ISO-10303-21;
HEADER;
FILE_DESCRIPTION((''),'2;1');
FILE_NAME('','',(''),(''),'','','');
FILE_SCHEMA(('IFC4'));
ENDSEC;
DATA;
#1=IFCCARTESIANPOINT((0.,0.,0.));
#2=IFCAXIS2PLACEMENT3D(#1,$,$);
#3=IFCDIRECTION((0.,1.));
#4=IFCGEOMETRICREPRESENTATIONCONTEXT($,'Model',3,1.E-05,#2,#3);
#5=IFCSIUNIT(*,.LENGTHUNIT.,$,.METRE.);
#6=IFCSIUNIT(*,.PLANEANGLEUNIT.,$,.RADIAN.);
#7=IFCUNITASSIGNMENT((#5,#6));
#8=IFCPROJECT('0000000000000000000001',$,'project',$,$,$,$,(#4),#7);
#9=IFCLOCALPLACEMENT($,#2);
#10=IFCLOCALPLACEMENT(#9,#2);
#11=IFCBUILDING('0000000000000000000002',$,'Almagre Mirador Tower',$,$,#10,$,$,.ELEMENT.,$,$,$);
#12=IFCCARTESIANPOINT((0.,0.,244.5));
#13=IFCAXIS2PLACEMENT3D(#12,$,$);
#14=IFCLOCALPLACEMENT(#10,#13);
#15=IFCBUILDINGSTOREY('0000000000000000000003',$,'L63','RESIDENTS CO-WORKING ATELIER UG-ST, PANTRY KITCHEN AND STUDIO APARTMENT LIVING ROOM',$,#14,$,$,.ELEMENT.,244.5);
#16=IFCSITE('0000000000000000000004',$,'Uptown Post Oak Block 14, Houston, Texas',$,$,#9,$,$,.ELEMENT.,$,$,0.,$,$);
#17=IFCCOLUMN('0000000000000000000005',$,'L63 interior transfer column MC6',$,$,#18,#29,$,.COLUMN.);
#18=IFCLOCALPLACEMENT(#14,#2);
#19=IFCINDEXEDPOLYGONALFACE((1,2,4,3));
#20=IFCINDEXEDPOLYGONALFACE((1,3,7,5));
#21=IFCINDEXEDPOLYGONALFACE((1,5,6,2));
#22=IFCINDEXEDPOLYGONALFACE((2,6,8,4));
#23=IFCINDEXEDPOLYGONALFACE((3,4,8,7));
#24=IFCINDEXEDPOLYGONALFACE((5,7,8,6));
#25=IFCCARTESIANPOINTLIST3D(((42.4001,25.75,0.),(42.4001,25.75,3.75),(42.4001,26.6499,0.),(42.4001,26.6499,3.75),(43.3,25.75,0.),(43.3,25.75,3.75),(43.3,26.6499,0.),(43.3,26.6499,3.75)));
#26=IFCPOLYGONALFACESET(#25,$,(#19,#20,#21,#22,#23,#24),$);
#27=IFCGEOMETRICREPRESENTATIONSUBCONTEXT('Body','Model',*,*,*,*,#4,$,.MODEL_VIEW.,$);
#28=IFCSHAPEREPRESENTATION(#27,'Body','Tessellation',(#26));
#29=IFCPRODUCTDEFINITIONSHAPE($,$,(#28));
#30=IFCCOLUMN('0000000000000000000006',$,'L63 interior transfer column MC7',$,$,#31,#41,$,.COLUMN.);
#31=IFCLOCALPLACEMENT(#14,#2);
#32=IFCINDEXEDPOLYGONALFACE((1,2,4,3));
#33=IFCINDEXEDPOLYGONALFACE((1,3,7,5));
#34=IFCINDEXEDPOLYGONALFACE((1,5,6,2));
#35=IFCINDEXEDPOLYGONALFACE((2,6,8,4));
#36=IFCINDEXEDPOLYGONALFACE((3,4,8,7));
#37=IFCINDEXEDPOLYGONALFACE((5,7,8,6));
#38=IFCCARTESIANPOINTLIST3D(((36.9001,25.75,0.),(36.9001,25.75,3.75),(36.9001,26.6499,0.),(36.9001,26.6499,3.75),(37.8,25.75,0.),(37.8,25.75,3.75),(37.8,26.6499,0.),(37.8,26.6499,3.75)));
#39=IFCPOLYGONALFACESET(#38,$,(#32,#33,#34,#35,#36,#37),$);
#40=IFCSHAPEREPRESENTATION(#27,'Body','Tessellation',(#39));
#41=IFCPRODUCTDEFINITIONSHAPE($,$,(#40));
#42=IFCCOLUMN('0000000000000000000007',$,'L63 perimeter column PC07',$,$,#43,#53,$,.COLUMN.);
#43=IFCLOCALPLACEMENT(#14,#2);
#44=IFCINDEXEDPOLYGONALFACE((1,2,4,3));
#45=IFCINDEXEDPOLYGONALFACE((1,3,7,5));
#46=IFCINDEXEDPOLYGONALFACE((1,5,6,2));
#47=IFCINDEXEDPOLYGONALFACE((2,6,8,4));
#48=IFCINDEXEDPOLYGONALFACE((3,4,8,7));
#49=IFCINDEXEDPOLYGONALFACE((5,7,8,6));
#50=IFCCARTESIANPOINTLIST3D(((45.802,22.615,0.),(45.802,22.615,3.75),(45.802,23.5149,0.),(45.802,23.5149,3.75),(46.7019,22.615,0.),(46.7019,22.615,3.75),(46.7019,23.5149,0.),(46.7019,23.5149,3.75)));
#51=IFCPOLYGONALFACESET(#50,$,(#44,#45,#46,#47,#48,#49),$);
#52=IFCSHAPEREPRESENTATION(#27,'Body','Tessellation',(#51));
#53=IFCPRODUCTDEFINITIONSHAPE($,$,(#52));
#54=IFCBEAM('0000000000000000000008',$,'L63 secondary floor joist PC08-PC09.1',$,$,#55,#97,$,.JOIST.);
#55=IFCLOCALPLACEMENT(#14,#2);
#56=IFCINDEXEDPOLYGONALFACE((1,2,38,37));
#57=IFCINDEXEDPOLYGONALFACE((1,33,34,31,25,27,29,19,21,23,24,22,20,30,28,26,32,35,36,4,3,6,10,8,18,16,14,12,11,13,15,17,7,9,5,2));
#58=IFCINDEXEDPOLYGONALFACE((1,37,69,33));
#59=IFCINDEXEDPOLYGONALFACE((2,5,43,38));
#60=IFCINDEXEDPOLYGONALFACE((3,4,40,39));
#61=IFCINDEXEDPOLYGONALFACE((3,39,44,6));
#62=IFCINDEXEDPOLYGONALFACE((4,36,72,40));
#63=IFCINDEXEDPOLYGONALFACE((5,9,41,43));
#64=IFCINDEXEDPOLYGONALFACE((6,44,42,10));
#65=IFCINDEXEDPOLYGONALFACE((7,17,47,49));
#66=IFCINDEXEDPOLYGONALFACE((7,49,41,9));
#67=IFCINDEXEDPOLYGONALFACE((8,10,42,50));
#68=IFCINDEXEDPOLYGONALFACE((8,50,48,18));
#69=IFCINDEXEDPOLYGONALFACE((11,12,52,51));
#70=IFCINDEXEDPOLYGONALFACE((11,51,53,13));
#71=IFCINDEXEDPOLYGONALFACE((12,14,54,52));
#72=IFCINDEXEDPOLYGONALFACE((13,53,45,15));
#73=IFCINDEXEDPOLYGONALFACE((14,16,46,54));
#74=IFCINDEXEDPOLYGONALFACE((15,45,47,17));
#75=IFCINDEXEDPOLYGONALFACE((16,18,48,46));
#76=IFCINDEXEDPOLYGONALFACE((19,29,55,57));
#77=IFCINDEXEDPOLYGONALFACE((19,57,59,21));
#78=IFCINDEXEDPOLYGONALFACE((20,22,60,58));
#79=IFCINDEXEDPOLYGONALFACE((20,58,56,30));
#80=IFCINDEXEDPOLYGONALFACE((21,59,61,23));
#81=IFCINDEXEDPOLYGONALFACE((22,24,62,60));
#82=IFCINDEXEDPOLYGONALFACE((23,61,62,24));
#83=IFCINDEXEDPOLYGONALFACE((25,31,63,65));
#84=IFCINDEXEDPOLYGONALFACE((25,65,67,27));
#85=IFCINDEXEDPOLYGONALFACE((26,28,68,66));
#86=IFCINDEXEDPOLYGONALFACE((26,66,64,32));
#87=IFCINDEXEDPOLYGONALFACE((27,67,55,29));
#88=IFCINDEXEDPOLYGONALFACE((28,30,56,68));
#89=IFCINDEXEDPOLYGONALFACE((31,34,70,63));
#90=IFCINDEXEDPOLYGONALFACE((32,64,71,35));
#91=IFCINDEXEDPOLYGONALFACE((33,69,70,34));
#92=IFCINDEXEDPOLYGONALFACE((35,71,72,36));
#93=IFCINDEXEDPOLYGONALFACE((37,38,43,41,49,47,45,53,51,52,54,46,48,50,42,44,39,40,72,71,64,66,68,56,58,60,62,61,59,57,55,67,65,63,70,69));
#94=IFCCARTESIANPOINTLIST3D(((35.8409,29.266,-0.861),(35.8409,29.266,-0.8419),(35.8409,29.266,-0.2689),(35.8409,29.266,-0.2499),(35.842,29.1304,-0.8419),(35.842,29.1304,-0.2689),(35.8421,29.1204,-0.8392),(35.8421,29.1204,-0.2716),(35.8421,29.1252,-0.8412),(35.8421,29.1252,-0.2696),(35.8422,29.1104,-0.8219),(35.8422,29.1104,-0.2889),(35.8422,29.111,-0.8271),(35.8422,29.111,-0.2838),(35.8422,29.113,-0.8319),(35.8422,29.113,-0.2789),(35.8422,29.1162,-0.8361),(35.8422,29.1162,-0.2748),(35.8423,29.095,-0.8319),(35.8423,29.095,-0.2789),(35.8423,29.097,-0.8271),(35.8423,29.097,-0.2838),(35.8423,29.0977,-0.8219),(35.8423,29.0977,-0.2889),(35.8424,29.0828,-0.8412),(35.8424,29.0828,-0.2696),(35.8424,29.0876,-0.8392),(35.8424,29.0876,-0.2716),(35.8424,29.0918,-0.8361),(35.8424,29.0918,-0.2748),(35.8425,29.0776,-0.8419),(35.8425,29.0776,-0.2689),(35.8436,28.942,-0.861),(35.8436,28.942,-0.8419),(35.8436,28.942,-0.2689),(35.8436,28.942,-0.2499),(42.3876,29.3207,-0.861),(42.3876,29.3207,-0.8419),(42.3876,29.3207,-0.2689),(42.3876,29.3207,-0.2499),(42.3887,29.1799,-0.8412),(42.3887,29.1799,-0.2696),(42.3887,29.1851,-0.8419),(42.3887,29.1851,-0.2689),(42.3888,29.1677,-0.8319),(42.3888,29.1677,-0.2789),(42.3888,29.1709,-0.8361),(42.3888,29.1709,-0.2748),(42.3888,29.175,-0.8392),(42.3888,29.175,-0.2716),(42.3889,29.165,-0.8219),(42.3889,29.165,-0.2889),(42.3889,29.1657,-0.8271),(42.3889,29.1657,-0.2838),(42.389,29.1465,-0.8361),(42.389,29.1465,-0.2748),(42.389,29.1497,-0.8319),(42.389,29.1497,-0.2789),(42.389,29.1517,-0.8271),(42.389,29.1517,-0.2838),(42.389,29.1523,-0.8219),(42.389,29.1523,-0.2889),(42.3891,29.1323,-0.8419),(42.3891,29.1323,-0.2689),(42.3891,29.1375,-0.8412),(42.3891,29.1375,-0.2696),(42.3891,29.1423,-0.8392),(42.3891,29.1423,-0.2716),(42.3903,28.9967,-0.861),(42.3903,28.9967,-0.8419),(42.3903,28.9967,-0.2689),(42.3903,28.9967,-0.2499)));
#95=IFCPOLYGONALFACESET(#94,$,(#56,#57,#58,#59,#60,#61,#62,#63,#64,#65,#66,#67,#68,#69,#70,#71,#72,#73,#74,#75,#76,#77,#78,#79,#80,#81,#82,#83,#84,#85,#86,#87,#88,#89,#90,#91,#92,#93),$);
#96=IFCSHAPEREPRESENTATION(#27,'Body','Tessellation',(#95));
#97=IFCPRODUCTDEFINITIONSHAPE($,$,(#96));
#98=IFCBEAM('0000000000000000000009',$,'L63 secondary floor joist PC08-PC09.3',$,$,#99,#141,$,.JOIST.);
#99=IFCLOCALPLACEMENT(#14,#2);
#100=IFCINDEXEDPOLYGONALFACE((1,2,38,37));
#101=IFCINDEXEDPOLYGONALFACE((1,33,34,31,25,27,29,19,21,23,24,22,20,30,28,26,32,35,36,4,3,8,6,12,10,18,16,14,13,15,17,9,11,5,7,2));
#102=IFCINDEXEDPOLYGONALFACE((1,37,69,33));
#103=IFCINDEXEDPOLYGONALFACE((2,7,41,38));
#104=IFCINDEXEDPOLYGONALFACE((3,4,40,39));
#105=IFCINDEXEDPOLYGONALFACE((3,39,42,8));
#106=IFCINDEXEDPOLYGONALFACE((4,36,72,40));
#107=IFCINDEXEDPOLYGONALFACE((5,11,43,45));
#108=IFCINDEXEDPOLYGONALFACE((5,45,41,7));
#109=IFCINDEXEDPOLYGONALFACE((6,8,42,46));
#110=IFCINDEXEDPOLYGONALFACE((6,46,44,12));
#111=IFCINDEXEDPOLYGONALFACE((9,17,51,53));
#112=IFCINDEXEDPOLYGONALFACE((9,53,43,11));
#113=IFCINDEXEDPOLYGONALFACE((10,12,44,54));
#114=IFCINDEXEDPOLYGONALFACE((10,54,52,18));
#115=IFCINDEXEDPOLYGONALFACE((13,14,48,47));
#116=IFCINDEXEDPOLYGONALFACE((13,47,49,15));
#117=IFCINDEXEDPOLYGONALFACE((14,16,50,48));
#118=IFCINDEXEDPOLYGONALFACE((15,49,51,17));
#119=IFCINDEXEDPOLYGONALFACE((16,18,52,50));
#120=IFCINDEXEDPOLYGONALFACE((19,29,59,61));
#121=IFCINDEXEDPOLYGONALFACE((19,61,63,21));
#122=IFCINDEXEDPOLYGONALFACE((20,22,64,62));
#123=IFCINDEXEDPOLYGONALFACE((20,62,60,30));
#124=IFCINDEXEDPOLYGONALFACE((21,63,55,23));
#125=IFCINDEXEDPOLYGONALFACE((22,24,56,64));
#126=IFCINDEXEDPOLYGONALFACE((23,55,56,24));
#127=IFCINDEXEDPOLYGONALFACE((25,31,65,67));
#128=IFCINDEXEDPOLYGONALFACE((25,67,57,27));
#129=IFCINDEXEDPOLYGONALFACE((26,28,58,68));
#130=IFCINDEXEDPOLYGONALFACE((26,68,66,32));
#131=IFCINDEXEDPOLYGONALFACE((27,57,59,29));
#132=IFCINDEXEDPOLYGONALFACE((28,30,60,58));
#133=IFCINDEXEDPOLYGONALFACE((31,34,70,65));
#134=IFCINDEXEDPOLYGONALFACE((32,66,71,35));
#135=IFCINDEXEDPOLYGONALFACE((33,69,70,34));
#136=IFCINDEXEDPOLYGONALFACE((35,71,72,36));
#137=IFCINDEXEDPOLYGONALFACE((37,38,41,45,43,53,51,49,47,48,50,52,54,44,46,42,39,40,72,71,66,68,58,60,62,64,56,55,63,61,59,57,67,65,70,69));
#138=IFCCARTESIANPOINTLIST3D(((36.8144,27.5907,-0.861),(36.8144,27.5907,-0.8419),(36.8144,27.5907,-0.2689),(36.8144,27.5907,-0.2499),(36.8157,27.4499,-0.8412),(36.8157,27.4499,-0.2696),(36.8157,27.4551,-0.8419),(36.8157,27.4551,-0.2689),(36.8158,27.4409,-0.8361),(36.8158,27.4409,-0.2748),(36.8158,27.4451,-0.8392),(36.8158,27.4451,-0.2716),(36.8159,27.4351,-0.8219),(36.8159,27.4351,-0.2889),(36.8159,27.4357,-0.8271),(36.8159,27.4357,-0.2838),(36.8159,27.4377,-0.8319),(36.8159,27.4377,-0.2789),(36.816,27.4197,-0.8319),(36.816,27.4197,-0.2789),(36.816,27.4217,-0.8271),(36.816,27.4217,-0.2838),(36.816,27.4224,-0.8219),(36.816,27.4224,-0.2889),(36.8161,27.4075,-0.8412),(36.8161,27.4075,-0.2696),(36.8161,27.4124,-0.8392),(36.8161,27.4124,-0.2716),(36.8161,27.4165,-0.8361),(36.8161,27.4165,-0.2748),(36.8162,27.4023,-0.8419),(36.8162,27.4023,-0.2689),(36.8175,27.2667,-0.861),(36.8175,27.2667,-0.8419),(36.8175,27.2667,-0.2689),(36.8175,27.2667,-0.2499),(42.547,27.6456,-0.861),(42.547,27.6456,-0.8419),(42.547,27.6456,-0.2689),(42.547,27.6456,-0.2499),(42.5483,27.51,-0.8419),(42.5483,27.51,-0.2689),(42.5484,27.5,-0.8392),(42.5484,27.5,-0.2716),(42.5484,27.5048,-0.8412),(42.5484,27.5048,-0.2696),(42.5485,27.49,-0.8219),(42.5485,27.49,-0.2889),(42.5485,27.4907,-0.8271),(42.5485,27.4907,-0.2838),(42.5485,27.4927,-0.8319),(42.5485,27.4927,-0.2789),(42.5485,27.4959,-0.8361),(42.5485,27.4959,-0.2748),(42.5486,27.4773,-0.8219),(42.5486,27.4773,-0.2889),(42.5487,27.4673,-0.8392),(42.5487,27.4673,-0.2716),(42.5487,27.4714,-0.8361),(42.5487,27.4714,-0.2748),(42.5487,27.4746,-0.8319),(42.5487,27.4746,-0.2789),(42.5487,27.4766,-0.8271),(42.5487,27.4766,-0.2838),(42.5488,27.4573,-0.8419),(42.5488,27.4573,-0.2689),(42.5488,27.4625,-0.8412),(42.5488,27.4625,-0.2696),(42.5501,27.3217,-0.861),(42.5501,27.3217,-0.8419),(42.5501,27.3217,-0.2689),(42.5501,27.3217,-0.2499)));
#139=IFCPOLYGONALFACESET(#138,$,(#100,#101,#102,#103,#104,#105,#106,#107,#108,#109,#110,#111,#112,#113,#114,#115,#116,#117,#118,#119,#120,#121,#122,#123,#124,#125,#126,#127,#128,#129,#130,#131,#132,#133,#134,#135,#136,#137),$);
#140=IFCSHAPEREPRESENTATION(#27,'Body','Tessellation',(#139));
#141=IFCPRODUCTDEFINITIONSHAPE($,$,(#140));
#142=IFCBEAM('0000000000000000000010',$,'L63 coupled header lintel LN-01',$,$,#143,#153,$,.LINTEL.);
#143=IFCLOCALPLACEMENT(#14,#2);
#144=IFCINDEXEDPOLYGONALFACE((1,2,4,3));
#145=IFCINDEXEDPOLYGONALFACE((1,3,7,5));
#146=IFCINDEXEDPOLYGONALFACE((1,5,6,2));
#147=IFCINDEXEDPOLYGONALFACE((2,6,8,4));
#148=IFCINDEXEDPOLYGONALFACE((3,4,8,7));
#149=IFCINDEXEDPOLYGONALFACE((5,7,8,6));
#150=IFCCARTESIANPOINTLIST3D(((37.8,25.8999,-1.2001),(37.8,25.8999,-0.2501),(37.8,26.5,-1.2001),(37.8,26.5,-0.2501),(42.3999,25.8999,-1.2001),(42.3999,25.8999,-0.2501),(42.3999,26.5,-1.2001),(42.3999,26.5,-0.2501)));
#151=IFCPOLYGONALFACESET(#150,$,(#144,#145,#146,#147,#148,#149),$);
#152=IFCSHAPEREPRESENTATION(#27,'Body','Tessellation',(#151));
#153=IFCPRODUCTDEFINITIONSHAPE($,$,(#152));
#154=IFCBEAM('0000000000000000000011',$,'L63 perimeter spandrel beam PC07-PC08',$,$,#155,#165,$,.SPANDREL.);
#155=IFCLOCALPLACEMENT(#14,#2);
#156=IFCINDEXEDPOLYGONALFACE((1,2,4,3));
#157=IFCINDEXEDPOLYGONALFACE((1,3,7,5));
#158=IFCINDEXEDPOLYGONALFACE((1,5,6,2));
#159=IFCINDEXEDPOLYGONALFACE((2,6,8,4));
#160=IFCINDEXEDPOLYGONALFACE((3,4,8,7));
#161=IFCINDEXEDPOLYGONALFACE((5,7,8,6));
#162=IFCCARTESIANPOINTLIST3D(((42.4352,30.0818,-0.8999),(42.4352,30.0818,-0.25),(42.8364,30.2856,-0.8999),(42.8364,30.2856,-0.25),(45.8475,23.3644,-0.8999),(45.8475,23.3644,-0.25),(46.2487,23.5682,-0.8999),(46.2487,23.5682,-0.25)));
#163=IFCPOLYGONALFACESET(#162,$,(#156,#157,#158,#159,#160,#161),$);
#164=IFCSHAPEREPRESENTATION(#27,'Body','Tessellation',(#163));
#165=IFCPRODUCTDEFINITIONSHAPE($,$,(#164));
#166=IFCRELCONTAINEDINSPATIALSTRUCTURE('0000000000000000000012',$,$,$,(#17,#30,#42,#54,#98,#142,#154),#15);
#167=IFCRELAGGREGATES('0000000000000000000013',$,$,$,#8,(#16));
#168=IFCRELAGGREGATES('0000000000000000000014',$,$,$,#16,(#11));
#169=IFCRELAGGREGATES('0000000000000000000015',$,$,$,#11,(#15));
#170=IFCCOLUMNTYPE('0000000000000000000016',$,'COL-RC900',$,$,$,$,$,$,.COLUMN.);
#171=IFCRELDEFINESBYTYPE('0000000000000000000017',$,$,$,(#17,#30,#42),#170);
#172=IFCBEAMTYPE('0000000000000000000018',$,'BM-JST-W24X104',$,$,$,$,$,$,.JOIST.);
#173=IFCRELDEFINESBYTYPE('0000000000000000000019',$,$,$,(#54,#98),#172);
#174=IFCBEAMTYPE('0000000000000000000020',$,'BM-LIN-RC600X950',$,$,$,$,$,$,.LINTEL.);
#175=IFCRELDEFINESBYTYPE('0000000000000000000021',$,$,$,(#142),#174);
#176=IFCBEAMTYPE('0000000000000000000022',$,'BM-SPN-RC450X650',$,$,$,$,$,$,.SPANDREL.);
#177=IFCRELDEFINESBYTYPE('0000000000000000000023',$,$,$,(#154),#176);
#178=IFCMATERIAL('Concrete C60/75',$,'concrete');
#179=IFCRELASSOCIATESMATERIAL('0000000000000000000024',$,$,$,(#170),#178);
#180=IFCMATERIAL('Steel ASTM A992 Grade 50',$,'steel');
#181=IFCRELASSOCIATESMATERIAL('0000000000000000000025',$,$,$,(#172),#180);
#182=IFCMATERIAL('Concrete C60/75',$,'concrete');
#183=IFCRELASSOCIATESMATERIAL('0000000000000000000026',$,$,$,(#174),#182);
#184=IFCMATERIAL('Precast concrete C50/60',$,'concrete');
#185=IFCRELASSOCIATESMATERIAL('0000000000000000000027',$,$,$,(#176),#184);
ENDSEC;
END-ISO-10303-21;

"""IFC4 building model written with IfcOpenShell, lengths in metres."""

from ifc_helpers import new_model, si_unit, direction, frame, origin, origin_2d, place, context, subcontext, project, spatial, rectangle, i_section, extrude, material, material_profile, profile_set, type_object, element, save


model = new_model("IFC4")

# Units and contexts
model_context = context("Model", 3, precision=1e-05, world=origin(), true_north=direction((0.0, 1.0)))
body_context = subcontext(model_context, "Body", "Model", "MODEL_VIEW")
ifc_project = project(units=[si_unit("LENGTHUNIT", "METRE"), si_unit("PLANEANGLEUNIT", "RADIAN")], contexts=[model_context])

# Site, building, storey
site_placement = place(None, origin())
site = spatial("IfcSite", under=ifc_project, at=site_placement, Name="Uptown Post Oak Block 14, Houston, Texas", CompositionType="ELEMENT", RefElevation=0.0)
building_placement = place(site_placement, origin())
building = spatial("IfcBuilding", under=site, at=building_placement, Name="Almagre Mirador Tower", CompositionType="ELEMENT")
storey_placement = place(building_placement, frame((0.0, 0.0, 244.5)))
storey = spatial("IfcBuildingStorey", under=building, at=storey_placement, Name="L63", Description="RESIDENTS CO-WORKING ATELIER UG-ST, PANTRY KITCHEN AND STUDIO APARTMENT LIVING ROOM", CompositionType="ELEMENT", Elevation=244.5)

# Columns
ifc_material_1 = material(Name="Concrete C60/75", Category="concrete")
ifc_material_profile_1 = material_profile(ifc_material_1, rectangle(XDim=0.8999, YDim=0.8999, at=origin_2d()), Name="RC900X900")
ifc_profile_set_1 = profile_set([ifc_material_profile_1], Name="Concrete C60/75")
column_type = type_object("IfcColumnType", Name="COL-RC900", PredefinedType="COLUMN", material=ifc_profile_set_1)
for number, where, z_axis, x_axis, name in (
    (1, (42.8501, 26.2, 0.0), (0.0, 0.0, 1.0), (1.0, 0.0, 0.0), "L63 interior transfer column MC6"),
    (2, (37.3501, 26.2, 0.0), (0.0, 0.0, 1.0), (1.0, 0.0, 0.0), "L63 interior transfer column MC7"),
    (3, (46.252, 23.0649, 0.0), (0.0, 0.0, 1.0), (1.0, 0.0, 0.0), "L63 perimeter column PC07"),
):
    element("IfcColumn", number, at=place(storey_placement, frame(where, z_axis=z_axis, x_axis=x_axis)), inside=storey, type_object=column_type, Name=name, PredefinedType="COLUMN", context=body_context, shape_type="SweptSolid", body=[
        extrude(rectangle(XDim=0.8999, YDim=0.8999, at=origin_2d()), origin(), (0.0, 0.0, 1.0), 3.75),
    ])

# Beams
ifc_material_2 = material(Name="Steel ASTM A992 Grade 50", Category="steel")
ifc_material_profile_2 = material_profile(ifc_material_2, i_section(OverallWidth=0.324, OverallDepth=0.6111, WebThickness=0.0127, FlangeThickness=0.019, FilletRadius=0.02, at=origin_2d()), Name="W24X104")
ifc_profile_set_2 = profile_set([ifc_material_profile_2], Name="Steel ASTM A992 Grade 50")
beam_type_1 = type_object("IfcBeamType", Name="BM-JST-W24X104", PredefinedType="JOIST", material=ifc_profile_set_2)
beam_1_placement = place(storey_placement, frame((42.3889, 29.1587, -0.5554), z_axis=(-0.999965, -0.008353, 0.0), x_axis=(0.008353, -0.999965, 0.0)))
element("IfcBeam", 4, at=beam_1_placement, inside=storey, type_object=beam_type_1, Name="L63 secondary floor joist PC08-PC09.1", PredefinedType="JOIST", context=body_context, shape_type="SweptSolid", body=[
    extrude(i_section(OverallWidth=0.324, OverallDepth=0.6111, WebThickness=0.0127, FlangeThickness=0.019, FilletRadius=0.02, at=origin_2d()), origin(), (0.0, 0.0, 1.0), 6.5469),
])
beam_2_placement = place(storey_placement, frame((42.5486, 27.4836, -0.5554), z_axis=(-0.999954, -0.009582, 0.0), x_axis=(0.009582, -0.999954, 0.0)))
element("IfcBeam", 5, at=beam_2_placement, inside=storey, type_object=beam_type_1, Name="L63 secondary floor joist PC08-PC09.3", PredefinedType="JOIST", context=body_context, shape_type="SweptSolid", body=[
    extrude(i_section(OverallWidth=0.324, OverallDepth=0.6111, WebThickness=0.0127, FlangeThickness=0.019, FilletRadius=0.02, at=origin_2d()), origin(), (0.0, 0.0, 1.0), 5.7329),
])
ifc_material_3 = material(Name="Concrete C60/75", Category="concrete")
ifc_material_profile_3 = material_profile(ifc_material_3, rectangle(XDim=0.6001, YDim=0.95, at=origin_2d()), Name="RC600X950")
ifc_profile_set_3 = profile_set([ifc_material_profile_3], Name="Concrete C60/75")
beam_type_2 = type_object("IfcBeamType", Name="BM-LIN-RC600X950", PredefinedType="LINTEL", material=ifc_profile_set_3)
beam_3_placement = place(storey_placement, frame((37.8, 26.2, -0.7251), z_axis=(1.0, 0.0, 0.0), x_axis=(0.0, 1.0, 0.0)))
element("IfcBeam", 6, at=beam_3_placement, inside=storey, type_object=beam_type_2, Name="L63 coupled header lintel LN-01", PredefinedType="LINTEL", context=body_context, shape_type="SweptSolid", body=[
    extrude(rectangle(XDim=0.6001, YDim=0.95, at=origin_2d()), origin(), (0.0, 0.0, 1.0), 4.5999),
])
ifc_material_4 = material(Name="Precast concrete C50/60", Category="concrete")
ifc_material_profile_4 = material_profile(ifc_material_4, rectangle(XDim=0.45, YDim=0.6499, at=origin_2d()), Name="RC450X650")
ifc_profile_set_4 = profile_set([ifc_material_profile_4], Name="Precast concrete C50/60")
beam_type_3 = type_object("IfcBeamType", Name="BM-SPN-RC450X650", PredefinedType="SPANDREL", material=ifc_profile_set_4)
beam_4_placement = place(storey_placement, frame((46.0481, 23.4663, -0.575), z_axis=(-0.452894, 0.891564, 0.0), x_axis=(-0.891564, -0.452894, 0.0)))
element("IfcBeam", 7, at=beam_4_placement, inside=storey, type_object=beam_type_3, Name="L63 perimeter spandrel beam PC07-PC08", PredefinedType="SPANDREL", context=body_context, shape_type="SweptSolid", body=[
    extrude(rectangle(XDim=0.45, YDim=0.6499, at=origin_2d()), origin(), (0.0, 0.0, 1.0), 7.5344),
])

save(model, "model.ifc")
